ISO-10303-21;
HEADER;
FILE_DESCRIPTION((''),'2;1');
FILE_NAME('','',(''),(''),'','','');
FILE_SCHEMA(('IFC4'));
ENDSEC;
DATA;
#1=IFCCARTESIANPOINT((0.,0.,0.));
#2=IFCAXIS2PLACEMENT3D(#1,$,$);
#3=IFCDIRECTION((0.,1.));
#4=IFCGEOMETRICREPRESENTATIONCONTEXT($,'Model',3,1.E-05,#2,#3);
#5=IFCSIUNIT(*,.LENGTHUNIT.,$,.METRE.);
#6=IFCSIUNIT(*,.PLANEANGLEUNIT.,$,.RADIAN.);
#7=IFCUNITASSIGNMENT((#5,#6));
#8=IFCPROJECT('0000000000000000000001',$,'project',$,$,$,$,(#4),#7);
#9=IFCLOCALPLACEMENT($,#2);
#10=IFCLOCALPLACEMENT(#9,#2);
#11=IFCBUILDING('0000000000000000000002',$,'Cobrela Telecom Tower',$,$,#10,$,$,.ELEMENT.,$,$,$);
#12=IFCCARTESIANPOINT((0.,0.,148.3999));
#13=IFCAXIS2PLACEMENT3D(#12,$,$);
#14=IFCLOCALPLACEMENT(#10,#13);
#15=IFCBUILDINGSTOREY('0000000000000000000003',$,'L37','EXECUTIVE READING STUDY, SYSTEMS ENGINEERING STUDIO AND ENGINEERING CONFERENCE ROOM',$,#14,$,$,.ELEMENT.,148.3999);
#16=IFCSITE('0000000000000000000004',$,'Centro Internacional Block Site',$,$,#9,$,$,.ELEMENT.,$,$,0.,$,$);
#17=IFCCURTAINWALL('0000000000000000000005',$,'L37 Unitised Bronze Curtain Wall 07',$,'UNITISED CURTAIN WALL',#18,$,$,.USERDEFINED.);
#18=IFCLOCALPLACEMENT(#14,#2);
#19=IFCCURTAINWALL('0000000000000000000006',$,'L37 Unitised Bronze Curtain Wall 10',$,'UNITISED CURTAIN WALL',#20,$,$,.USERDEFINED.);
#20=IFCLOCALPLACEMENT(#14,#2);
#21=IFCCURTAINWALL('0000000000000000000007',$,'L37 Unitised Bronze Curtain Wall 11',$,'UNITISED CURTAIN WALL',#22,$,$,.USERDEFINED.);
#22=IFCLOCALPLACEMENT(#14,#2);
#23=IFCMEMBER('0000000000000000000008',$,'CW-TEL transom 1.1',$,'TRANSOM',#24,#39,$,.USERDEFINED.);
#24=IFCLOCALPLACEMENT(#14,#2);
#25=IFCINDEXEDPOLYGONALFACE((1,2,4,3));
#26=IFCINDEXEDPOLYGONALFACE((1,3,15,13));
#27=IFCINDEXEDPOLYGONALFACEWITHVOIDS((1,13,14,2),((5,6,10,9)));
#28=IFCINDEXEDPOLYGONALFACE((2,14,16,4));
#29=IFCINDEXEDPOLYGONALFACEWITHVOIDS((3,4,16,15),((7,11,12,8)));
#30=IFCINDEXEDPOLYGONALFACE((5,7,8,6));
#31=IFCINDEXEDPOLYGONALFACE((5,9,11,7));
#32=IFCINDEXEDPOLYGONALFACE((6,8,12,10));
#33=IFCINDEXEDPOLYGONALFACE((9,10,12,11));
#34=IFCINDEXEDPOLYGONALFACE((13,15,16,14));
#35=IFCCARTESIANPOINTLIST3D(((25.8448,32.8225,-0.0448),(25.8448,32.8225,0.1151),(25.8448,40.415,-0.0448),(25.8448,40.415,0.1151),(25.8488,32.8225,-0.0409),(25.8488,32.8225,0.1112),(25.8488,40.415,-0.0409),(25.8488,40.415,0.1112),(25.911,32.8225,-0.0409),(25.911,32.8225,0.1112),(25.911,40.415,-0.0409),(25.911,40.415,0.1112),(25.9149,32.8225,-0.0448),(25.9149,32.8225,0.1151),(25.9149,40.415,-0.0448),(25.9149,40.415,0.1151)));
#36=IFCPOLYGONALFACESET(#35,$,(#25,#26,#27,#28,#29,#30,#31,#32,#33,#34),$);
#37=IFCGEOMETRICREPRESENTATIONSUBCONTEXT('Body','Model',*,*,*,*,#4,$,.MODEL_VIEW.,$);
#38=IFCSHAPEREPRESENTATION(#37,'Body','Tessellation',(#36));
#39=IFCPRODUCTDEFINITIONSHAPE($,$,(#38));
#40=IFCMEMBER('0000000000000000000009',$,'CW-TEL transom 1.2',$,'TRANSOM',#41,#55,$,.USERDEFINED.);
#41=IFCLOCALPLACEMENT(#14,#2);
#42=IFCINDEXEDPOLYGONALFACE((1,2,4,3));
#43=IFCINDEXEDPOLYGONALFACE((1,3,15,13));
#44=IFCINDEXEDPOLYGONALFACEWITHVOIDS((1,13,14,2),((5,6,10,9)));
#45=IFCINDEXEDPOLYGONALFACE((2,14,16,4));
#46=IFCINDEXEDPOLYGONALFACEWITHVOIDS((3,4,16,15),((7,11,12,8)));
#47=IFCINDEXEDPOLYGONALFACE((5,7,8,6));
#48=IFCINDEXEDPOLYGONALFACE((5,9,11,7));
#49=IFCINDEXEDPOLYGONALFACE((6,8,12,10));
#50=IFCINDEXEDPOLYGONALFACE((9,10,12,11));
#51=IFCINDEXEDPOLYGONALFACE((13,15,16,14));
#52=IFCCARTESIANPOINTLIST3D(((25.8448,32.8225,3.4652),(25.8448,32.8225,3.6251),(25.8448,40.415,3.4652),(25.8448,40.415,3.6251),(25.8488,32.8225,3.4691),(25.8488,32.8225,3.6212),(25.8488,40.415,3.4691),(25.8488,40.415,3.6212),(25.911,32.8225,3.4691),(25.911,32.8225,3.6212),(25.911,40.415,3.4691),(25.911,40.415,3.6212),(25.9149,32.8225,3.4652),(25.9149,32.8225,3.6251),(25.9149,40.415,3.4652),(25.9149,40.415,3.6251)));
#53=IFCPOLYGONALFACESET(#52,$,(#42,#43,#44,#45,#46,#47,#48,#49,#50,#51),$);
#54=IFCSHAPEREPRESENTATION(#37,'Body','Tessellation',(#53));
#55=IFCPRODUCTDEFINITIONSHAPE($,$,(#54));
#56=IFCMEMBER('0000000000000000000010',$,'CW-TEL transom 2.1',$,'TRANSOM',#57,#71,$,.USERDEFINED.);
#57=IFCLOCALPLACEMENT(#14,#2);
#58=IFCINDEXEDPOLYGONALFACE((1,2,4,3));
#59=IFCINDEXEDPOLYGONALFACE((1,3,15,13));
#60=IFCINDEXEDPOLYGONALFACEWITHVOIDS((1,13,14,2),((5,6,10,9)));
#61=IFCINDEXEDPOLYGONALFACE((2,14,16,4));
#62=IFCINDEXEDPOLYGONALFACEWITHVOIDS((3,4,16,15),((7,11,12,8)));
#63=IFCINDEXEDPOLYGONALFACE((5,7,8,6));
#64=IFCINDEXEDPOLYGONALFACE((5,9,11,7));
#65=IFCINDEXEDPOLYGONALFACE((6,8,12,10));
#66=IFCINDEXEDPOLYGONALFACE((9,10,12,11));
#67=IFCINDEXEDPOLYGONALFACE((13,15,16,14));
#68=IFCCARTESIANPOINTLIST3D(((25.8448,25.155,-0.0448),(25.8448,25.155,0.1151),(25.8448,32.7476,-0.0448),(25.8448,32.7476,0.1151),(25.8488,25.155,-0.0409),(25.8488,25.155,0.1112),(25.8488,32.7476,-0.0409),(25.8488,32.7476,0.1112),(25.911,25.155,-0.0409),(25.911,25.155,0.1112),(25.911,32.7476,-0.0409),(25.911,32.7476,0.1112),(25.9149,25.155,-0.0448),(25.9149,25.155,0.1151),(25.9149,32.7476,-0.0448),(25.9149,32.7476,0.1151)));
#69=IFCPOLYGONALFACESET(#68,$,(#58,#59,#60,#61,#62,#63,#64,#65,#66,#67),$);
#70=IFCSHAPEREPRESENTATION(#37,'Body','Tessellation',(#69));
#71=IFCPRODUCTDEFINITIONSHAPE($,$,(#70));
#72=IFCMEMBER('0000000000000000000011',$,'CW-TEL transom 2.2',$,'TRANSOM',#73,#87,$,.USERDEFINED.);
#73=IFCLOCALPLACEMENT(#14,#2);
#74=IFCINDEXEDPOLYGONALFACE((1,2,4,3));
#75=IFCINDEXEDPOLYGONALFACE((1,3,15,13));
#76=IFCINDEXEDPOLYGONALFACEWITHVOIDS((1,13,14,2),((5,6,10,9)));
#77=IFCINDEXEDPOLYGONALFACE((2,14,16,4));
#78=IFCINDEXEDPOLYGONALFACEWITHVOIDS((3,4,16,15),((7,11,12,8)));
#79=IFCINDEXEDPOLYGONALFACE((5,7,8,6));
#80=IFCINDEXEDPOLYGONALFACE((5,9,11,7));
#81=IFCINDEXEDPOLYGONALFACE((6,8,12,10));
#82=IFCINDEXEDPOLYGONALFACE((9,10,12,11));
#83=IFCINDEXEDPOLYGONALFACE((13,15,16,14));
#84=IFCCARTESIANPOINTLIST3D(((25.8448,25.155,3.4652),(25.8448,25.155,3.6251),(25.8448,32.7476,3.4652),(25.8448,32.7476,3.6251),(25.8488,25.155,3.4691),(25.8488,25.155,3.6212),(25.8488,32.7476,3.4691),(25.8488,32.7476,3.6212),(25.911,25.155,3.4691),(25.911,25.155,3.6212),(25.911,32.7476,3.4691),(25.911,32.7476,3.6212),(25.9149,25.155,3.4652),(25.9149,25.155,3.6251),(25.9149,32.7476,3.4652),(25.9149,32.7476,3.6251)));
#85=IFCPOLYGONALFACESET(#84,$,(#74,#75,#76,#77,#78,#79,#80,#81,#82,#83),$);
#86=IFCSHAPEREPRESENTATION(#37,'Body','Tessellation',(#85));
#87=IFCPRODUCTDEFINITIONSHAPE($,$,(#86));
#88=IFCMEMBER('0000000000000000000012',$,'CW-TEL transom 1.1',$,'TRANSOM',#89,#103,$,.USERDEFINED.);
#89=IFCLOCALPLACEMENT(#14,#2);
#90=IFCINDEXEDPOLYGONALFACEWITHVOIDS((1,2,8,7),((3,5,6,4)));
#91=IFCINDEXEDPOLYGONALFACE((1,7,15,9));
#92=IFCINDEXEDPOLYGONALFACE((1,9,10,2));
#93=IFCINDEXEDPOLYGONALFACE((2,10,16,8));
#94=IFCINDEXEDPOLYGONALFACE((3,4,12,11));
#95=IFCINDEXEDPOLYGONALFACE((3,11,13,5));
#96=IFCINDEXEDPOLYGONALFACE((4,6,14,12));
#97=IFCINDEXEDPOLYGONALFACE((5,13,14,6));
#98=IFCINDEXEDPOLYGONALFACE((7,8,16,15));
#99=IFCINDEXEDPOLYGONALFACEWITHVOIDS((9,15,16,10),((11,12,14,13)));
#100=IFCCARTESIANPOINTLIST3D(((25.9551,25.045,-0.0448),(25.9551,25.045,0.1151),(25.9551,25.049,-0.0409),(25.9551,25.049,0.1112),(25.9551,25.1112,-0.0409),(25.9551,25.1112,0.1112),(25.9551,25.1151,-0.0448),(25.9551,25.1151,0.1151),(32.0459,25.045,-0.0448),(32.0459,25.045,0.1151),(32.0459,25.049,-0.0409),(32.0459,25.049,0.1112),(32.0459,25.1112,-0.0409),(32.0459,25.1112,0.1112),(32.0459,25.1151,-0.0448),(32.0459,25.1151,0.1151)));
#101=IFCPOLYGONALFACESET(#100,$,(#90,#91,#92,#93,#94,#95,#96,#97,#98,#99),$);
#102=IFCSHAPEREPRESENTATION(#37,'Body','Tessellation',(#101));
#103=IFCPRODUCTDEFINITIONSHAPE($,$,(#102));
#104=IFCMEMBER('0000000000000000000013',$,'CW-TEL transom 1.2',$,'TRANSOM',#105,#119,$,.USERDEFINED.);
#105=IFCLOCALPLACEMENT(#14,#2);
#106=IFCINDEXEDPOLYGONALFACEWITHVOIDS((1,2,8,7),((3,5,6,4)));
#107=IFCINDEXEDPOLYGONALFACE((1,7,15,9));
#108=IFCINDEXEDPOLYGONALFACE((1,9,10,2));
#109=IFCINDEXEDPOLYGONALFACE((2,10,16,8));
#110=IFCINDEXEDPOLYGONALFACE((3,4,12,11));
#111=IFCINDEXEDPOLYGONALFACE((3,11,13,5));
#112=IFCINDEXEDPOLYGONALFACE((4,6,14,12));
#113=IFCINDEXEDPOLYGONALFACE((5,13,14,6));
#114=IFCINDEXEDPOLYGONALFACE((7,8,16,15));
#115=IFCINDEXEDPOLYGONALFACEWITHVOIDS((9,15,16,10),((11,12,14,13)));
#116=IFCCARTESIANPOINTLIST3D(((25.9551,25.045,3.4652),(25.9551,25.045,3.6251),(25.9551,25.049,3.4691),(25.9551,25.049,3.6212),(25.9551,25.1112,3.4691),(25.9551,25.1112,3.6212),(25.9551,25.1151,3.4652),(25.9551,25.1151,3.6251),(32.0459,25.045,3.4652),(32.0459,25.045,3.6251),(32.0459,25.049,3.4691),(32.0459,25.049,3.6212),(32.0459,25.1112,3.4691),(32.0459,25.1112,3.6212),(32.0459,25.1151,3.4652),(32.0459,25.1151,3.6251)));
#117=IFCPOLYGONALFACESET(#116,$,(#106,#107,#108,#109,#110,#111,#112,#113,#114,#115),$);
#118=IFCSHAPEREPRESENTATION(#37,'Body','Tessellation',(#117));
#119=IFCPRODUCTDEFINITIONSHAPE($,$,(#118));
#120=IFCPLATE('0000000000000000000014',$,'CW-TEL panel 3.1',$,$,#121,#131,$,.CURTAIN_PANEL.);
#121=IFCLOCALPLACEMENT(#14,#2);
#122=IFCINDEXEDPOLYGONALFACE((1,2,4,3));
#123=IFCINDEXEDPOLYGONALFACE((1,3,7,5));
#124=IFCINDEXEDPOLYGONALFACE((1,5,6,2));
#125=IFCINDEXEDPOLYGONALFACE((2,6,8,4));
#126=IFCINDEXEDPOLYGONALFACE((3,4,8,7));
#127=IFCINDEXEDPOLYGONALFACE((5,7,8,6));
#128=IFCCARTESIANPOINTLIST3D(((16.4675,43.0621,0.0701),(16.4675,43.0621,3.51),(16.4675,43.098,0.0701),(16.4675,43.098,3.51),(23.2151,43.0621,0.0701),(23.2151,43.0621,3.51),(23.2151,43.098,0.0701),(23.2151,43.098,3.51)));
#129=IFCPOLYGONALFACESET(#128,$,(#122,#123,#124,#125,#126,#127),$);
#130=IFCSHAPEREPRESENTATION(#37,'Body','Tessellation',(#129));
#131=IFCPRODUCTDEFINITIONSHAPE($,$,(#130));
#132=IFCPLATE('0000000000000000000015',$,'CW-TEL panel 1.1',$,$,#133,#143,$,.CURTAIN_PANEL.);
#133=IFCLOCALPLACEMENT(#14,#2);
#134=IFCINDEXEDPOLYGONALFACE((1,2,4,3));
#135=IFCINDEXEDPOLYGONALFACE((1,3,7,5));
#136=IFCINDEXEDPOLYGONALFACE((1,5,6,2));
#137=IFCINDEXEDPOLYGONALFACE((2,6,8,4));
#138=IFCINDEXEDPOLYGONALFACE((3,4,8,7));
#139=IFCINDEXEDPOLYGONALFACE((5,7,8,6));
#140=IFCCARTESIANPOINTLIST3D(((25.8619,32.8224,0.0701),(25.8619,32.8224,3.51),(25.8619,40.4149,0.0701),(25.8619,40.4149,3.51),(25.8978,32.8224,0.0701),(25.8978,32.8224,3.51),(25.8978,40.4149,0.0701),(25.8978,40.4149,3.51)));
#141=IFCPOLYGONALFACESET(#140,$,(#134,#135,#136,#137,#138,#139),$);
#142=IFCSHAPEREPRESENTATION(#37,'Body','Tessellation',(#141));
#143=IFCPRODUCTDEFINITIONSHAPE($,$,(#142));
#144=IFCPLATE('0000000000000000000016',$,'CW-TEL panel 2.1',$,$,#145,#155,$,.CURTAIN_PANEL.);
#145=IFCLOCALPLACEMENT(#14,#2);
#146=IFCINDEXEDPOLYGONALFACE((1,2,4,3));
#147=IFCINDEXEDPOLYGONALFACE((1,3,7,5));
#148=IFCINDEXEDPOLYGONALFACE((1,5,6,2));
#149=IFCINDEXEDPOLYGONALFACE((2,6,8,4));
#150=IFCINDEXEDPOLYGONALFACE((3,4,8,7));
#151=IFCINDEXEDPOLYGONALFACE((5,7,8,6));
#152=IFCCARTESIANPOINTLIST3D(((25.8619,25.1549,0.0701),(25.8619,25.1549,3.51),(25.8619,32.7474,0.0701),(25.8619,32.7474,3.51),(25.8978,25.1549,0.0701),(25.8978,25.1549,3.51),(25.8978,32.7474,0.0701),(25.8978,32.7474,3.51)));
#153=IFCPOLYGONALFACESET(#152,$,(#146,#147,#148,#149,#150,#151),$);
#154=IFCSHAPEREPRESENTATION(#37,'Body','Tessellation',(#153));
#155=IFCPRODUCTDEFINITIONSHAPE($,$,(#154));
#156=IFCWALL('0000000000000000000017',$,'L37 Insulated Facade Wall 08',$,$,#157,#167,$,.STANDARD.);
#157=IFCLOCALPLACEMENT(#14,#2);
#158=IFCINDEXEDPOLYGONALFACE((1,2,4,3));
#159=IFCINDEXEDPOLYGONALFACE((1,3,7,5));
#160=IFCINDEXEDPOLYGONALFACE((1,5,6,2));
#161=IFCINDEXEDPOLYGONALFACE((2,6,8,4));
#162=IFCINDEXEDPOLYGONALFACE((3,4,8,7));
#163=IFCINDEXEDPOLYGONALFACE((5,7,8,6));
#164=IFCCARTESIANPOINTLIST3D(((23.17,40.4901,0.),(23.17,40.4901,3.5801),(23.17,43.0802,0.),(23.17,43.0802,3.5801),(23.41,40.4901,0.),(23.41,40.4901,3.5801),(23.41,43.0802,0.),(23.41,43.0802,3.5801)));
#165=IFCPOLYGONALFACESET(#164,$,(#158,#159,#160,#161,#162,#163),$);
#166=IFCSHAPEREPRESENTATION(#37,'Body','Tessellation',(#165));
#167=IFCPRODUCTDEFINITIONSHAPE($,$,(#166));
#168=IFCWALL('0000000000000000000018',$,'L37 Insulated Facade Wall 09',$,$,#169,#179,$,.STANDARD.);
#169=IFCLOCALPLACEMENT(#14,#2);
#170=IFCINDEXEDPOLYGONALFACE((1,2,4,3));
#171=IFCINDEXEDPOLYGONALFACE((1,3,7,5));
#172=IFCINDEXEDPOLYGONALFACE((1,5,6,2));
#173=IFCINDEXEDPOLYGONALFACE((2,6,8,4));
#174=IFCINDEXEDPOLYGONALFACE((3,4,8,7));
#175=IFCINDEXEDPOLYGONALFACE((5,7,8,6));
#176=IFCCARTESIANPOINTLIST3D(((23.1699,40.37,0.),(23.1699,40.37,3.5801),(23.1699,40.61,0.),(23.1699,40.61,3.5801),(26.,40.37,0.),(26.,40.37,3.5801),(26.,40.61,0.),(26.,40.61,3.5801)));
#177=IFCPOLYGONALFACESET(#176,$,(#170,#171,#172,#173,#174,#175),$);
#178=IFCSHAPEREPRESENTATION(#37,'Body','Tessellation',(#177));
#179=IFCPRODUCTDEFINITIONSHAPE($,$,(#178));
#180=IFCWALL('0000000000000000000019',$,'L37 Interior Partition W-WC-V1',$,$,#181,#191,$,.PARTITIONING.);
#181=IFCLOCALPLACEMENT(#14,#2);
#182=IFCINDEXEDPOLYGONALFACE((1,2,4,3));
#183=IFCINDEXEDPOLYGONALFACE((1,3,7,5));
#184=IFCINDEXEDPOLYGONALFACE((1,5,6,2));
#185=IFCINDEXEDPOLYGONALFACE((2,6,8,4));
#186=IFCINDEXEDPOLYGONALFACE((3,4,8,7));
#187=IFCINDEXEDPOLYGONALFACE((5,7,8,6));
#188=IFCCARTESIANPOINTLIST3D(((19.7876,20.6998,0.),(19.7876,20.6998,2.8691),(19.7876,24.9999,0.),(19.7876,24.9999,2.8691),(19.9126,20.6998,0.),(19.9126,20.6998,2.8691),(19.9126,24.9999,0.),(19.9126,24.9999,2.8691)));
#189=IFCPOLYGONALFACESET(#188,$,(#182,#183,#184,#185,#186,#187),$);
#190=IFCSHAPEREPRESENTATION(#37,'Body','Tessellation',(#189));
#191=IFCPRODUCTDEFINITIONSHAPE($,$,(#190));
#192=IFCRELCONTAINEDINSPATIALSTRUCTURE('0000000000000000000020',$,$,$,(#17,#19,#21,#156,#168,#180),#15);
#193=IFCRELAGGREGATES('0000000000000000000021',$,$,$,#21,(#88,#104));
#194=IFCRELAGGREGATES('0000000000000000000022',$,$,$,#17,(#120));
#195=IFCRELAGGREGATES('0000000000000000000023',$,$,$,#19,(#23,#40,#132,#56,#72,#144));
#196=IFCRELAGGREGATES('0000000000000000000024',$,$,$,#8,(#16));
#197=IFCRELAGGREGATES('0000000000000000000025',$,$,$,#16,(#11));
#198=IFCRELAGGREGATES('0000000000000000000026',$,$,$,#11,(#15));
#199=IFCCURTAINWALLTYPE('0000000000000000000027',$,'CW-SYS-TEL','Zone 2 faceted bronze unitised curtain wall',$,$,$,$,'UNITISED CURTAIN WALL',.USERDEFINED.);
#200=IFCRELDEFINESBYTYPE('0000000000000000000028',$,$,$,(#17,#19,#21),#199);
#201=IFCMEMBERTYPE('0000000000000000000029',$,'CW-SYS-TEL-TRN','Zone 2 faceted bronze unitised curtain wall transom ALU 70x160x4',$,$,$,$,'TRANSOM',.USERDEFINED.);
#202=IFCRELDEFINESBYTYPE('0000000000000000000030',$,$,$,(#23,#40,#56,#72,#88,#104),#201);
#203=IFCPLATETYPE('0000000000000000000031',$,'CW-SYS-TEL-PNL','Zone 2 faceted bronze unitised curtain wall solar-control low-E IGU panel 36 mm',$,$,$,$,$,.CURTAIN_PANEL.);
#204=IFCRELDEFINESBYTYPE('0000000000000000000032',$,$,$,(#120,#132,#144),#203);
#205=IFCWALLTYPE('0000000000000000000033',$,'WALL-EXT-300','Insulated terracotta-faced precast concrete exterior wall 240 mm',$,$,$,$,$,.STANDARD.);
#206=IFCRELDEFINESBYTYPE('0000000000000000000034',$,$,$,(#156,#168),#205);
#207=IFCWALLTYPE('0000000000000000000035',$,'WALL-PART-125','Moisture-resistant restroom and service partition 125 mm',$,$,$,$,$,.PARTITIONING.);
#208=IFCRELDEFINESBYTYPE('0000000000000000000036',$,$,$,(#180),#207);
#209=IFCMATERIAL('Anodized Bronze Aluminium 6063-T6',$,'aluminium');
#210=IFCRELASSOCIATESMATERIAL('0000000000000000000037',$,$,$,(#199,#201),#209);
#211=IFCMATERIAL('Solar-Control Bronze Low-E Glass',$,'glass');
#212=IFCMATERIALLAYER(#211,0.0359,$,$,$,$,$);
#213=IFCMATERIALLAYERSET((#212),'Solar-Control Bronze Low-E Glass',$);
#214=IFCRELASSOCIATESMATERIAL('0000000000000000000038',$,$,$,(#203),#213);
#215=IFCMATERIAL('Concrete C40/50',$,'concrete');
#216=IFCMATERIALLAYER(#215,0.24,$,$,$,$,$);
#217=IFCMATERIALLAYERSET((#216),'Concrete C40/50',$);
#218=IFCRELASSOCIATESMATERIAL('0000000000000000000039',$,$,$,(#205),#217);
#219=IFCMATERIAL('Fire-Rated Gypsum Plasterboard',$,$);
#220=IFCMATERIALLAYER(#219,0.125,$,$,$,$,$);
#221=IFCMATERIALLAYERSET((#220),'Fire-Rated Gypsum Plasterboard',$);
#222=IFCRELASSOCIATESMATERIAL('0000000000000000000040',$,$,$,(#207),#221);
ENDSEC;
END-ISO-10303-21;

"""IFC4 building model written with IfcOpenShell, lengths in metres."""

from ifc_helpers import new_model, si_unit, direction, frame, frame_2d, origin, origin_2d, place, context, subcontext, project, spatial, rectangle, hollow_rectangle, extrude, material, layer, layer_set, material_profile, profile_set, type_object, element, aggregate, save


model = new_model("IFC4")

# Units and contexts
model_context = context("Model", 3, precision=1e-05, world=origin(), true_north=direction((0.0, 1.0)))
body_context = subcontext(model_context, "Body", "Model", "MODEL_VIEW")
ifc_project = project(units=[si_unit("LENGTHUNIT", "METRE"), si_unit("PLANEANGLEUNIT", "RADIAN")], contexts=[model_context])

# Site, building, storey
site_placement = place(None, origin())
site = spatial("IfcSite", under=ifc_project, at=site_placement, Name="Centro Internacional Block Site", CompositionType="ELEMENT", RefElevation=0.0)
building_placement = place(site_placement, origin())
building = spatial("IfcBuilding", under=site, at=building_placement, Name="Cobrela Telecom Tower", CompositionType="ELEMENT")
storey_placement = place(building_placement, frame((0.0, 0.0, 148.3999)))
storey = spatial("IfcBuildingStorey", under=building, at=storey_placement, Name="L37", Description="EXECUTIVE READING STUDY, SYSTEMS ENGINEERING STUDIO AND ENGINEERING CONFERENCE ROOM", CompositionType="ELEMENT", Elevation=148.3999)

# Curtain wall
ifc_material_1 = material(Name="Anodized Bronze Aluminium 6063-T6", Category="aluminium")
curtain_wall_type = type_object("IfcCurtainWallType", Name="CW-SYS-TEL", Description="Zone 2 faceted bronze unitised curtain wall", ElementType="UNITISED CURTAIN WALL", PredefinedType="USERDEFINED", material=ifc_material_1)
curtain_wall_1_placement = place(storey_placement, origin())
curtain_wall_1 = element("IfcCurtainWall", 1, at=curtain_wall_1_placement, inside=storey, type_object=curtain_wall_type, Name="L37 Unitised Bronze Curtain Wall 07", ObjectType="UNITISED CURTAIN WALL", PredefinedType="USERDEFINED")

# Curtain wall
curtain_wall_2_placement = place(storey_placement, origin())
curtain_wall_2 = element("IfcCurtainWall", 2, at=curtain_wall_2_placement, inside=storey, type_object=curtain_wall_type, Name="L37 Unitised Bronze Curtain Wall 10", ObjectType="UNITISED CURTAIN WALL", PredefinedType="USERDEFINED")

# Curtain wall
curtain_wall_3_placement = place(storey_placement, origin())
curtain_wall_3 = element("IfcCurtainWall", 3, at=curtain_wall_3_placement, inside=storey, type_object=curtain_wall_type, Name="L37 Unitised Bronze Curtain Wall 11", ObjectType="UNITISED CURTAIN WALL", PredefinedType="USERDEFINED")

# Members
ifc_material_profile_1 = material_profile(ifc_material_1, hollow_rectangle(XDim=0.0701, YDim=0.1599, WallThickness=0.0039, at=origin_2d()), Name="ALU 70x160x4")
ifc_profile_set_1 = profile_set([ifc_material_profile_1], Name="Anodized Bronze Aluminium 6063-T6")
member_type_1 = type_object("IfcMemberType", Name="CW-SYS-TEL-TRN", Description="Zone 2 faceted bronze unitised curtain wall transom ALU 70x160x4", ElementType="TRANSOM", PredefinedType="USERDEFINED", material=ifc_profile_set_1)
member_1_placement = place(storey_placement, frame((25.8799, 40.415, 0.0352), z_axis=(0.0, -1.0, 0.0), x_axis=(1.0, 0.0, 0.0)))
member_1 = element("IfcMember", 4, at=member_1_placement, type_object=member_type_1, Name="CW-TEL transom 1.1", ObjectType="TRANSOM", PredefinedType="USERDEFINED", context=body_context, shape_type="SweptSolid", body=[
    extrude(hollow_rectangle(XDim=0.0701, YDim=0.1599, WallThickness=0.0039, at=origin_2d()), origin(), (0.0, 0.0, 1.0), 7.5925),
])
member_2_placement = place(storey_placement, frame((25.8799, 40.415, 3.5452), z_axis=(0.0, -1.0, 0.0), x_axis=(1.0, 0.0, 0.0)))
member_2 = element("IfcMember", 5, at=member_2_placement, type_object=member_type_1, Name="CW-TEL transom 1.2", ObjectType="TRANSOM", PredefinedType="USERDEFINED", context=body_context, shape_type="SweptSolid", body=[
    extrude(hollow_rectangle(XDim=0.0701, YDim=0.1599, WallThickness=0.0039, at=origin_2d()), origin(), (0.0, 0.0, 1.0), 7.5925),
])
member_3_placement = place(storey_placement, frame((25.8799, 32.7476, 0.0352), z_axis=(0.0, -1.0, 0.0), x_axis=(1.0, 0.0, 0.0)))
member_3 = element("IfcMember", 6, at=member_3_placement, type_object=member_type_1, Name="CW-TEL transom 2.1", ObjectType="TRANSOM", PredefinedType="USERDEFINED", context=body_context, shape_type="SweptSolid", body=[
    extrude(hollow_rectangle(XDim=0.0701, YDim=0.1599, WallThickness=0.0039, at=origin_2d()), origin(), (0.0, 0.0, 1.0), 7.5925),
])
member_4_placement = place(storey_placement, frame((25.8799, 32.7476, 3.5452), z_axis=(0.0, -1.0, 0.0), x_axis=(1.0, 0.0, 0.0)))
member_4 = element("IfcMember", 7, at=member_4_placement, type_object=member_type_1, Name="CW-TEL transom 2.2", ObjectType="TRANSOM", PredefinedType="USERDEFINED", context=body_context, shape_type="SweptSolid", body=[
    extrude(hollow_rectangle(XDim=0.0701, YDim=0.1599, WallThickness=0.0039, at=origin_2d()), origin(), (0.0, 0.0, 1.0), 7.5925),
])
member_5_placement = place(storey_placement, frame((25.9551, 25.0801, 0.0352), z_axis=(1.0, 0.0, 0.0), x_axis=(0.0, 1.0, 0.0)))
member_5 = element("IfcMember", 8, at=member_5_placement, type_object=member_type_1, Name="CW-TEL transom 1.1", ObjectType="TRANSOM", PredefinedType="USERDEFINED", context=body_context, shape_type="SweptSolid", body=[
    extrude(hollow_rectangle(XDim=0.0701, YDim=0.1599, WallThickness=0.0039, at=origin_2d()), origin(), (0.0, 0.0, 1.0), 6.0908),
])
member_6_placement = place(storey_placement, frame((25.9551, 25.0801, 3.5452), z_axis=(1.0, 0.0, 0.0), x_axis=(0.0, 1.0, 0.0)))
member_6 = element("IfcMember", 9, at=member_6_placement, type_object=member_type_1, Name="CW-TEL transom 1.2", ObjectType="TRANSOM", PredefinedType="USERDEFINED", context=body_context, shape_type="SweptSolid", body=[
    extrude(hollow_rectangle(XDim=0.0701, YDim=0.1599, WallThickness=0.0039, at=origin_2d()), origin(), (0.0, 0.0, 1.0), 6.0908),
])
aggregate(curtain_wall_3, [member_5, member_6])

# Plates
ifc_material_2 = material(Name="Solar-Control Bronze Low-E Glass", Category="glass")
ifc_layer_1 = layer(ifc_material_2, 0.0359)
ifc_layer_set_1 = layer_set([ifc_layer_1], Name="Solar-Control Bronze Low-E Glass")
plate_type = type_object("IfcPlateType", Name="CW-SYS-TEL-PNL", Description="Zone 2 faceted bronze unitised curtain wall solar-control low-E IGU panel 36 mm", PredefinedType="CURTAIN_PANEL", material=ifc_layer_set_1)
plate_1_placement = place(storey_placement, frame((19.8413, 43.0801, 0.0701), z_axis=(0.0, 0.0, 1.0), x_axis=(1.0, 0.0, 0.0)))
plate_1 = element("IfcPlate", 10, at=plate_1_placement, type_object=plate_type, Name="CW-TEL panel 3.1", PredefinedType="CURTAIN_PANEL", context=body_context, shape_type="SweptSolid", body=[
    extrude(rectangle(XDim=6.7476, YDim=0.0359, at=origin_2d()), origin(), (0.0, 0.0, 1.0), 3.4399),
])
aggregate(curtain_wall_1, [plate_1])
plate_2_placement = place(storey_placement, frame((25.8799, 36.6187, 0.0701), z_axis=(0.0, 0.0, 1.0), x_axis=(0.0, -1.0, 0.0)))
plate_2 = element("IfcPlate", 11, at=plate_2_placement, type_object=plate_type, Name="CW-TEL panel 1.1", PredefinedType="CURTAIN_PANEL", context=body_context, shape_type="SweptSolid", body=[
    extrude(rectangle(XDim=7.5925, YDim=0.0359, at=origin_2d()), origin(), (0.0, 0.0, 1.0), 3.4399),
])
plate_3_placement = place(storey_placement, frame((25.8799, 28.9512, 0.0701), z_axis=(0.0, 0.0, 1.0), x_axis=(0.0, -1.0, 0.0)))
plate_3 = element("IfcPlate", 12, at=plate_3_placement, type_object=plate_type, Name="CW-TEL panel 2.1", PredefinedType="CURTAIN_PANEL", context=body_context, shape_type="SweptSolid", body=[
    extrude(rectangle(XDim=7.5925, YDim=0.0359, at=origin_2d()), origin(), (0.0, 0.0, 1.0), 3.4399),
])
aggregate(curtain_wall_2, [member_1, member_2, plate_2, member_3, member_4, plate_3])

# Walls
ifc_material_3 = material(Name="Concrete C40/50", Category="concrete")
ifc_layer_2 = layer(ifc_material_3, 0.24)
ifc_layer_set_2 = layer_set([ifc_layer_2], Name="Concrete C40/50")
wall_type_1 = type_object("IfcWallType", Name="WALL-EXT-300", Description="Insulated terracotta-faced precast concrete exterior wall 240 mm", PredefinedType="STANDARD", material=ifc_layer_set_2)
wall_1_placement = place(storey_placement, frame((23.29, 43.0801, 0.0), z_axis=(0.0, 0.0, 1.0), x_axis=(0.0, -1.0, 0.0)))
element("IfcWall", 13, at=wall_1_placement, inside=storey, type_object=wall_type_1, Name="L37 Insulated Facade Wall 08", PredefinedType="STANDARD", context=body_context, shape_type="SweptSolid", body=[
    extrude(rectangle(XDim=2.5901, YDim=0.24, at=frame_2d((1.2949, 0.0))), origin(), (0.0, 0.0, 1.0), 3.5801),
])
wall_2_placement = place(storey_placement, frame((23.1699, 40.49, 0.0), z_axis=(0.0, 0.0, 1.0), x_axis=(1.0, 0.0, 0.0)))
element("IfcWall", 14, at=wall_2_placement, inside=storey, type_object=wall_type_1, Name="L37 Insulated Facade Wall 09", PredefinedType="STANDARD", context=body_context, shape_type="SweptSolid", body=[
    extrude(rectangle(XDim=2.8301, YDim=0.24, at=frame_2d((1.415, 0.0))), origin(), (0.0, 0.0, 1.0), 3.5801),
])
ifc_material_4 = material(Name="Fire-Rated Gypsum Plasterboard")
ifc_layer_3 = layer(ifc_material_4, 0.125)
ifc_layer_set_3 = layer_set([ifc_layer_3], Name="Fire-Rated Gypsum Plasterboard")
wall_type_2 = type_object("IfcWallType", Name="WALL-PART-125", Description="Moisture-resistant restroom and service partition 125 mm", PredefinedType="PARTITIONING", material=ifc_layer_set_3)
for number, where, z_axis, x_axis, name in (
    (15, (19.8501, 20.7, 0.0), (0.0, 0.0, 1.0), (0.0, 1.0, 0.0), "L37 Interior Partition W-WC-V1"),
):
    element("IfcWall", number, at=place(storey_placement, frame(where, z_axis=z_axis, x_axis=x_axis)), inside=storey, type_object=wall_type_2, Name=name, PredefinedType="PARTITIONING", context=body_context, shape_type="SweptSolid", body=[
        extrude(rectangle(XDim=4.3, YDim=0.125, at=frame_2d((2.1499, 0.0))), origin(), (0.0, 0.0, 1.0), 2.8691),
    ])

save(model, "model.ifc")
